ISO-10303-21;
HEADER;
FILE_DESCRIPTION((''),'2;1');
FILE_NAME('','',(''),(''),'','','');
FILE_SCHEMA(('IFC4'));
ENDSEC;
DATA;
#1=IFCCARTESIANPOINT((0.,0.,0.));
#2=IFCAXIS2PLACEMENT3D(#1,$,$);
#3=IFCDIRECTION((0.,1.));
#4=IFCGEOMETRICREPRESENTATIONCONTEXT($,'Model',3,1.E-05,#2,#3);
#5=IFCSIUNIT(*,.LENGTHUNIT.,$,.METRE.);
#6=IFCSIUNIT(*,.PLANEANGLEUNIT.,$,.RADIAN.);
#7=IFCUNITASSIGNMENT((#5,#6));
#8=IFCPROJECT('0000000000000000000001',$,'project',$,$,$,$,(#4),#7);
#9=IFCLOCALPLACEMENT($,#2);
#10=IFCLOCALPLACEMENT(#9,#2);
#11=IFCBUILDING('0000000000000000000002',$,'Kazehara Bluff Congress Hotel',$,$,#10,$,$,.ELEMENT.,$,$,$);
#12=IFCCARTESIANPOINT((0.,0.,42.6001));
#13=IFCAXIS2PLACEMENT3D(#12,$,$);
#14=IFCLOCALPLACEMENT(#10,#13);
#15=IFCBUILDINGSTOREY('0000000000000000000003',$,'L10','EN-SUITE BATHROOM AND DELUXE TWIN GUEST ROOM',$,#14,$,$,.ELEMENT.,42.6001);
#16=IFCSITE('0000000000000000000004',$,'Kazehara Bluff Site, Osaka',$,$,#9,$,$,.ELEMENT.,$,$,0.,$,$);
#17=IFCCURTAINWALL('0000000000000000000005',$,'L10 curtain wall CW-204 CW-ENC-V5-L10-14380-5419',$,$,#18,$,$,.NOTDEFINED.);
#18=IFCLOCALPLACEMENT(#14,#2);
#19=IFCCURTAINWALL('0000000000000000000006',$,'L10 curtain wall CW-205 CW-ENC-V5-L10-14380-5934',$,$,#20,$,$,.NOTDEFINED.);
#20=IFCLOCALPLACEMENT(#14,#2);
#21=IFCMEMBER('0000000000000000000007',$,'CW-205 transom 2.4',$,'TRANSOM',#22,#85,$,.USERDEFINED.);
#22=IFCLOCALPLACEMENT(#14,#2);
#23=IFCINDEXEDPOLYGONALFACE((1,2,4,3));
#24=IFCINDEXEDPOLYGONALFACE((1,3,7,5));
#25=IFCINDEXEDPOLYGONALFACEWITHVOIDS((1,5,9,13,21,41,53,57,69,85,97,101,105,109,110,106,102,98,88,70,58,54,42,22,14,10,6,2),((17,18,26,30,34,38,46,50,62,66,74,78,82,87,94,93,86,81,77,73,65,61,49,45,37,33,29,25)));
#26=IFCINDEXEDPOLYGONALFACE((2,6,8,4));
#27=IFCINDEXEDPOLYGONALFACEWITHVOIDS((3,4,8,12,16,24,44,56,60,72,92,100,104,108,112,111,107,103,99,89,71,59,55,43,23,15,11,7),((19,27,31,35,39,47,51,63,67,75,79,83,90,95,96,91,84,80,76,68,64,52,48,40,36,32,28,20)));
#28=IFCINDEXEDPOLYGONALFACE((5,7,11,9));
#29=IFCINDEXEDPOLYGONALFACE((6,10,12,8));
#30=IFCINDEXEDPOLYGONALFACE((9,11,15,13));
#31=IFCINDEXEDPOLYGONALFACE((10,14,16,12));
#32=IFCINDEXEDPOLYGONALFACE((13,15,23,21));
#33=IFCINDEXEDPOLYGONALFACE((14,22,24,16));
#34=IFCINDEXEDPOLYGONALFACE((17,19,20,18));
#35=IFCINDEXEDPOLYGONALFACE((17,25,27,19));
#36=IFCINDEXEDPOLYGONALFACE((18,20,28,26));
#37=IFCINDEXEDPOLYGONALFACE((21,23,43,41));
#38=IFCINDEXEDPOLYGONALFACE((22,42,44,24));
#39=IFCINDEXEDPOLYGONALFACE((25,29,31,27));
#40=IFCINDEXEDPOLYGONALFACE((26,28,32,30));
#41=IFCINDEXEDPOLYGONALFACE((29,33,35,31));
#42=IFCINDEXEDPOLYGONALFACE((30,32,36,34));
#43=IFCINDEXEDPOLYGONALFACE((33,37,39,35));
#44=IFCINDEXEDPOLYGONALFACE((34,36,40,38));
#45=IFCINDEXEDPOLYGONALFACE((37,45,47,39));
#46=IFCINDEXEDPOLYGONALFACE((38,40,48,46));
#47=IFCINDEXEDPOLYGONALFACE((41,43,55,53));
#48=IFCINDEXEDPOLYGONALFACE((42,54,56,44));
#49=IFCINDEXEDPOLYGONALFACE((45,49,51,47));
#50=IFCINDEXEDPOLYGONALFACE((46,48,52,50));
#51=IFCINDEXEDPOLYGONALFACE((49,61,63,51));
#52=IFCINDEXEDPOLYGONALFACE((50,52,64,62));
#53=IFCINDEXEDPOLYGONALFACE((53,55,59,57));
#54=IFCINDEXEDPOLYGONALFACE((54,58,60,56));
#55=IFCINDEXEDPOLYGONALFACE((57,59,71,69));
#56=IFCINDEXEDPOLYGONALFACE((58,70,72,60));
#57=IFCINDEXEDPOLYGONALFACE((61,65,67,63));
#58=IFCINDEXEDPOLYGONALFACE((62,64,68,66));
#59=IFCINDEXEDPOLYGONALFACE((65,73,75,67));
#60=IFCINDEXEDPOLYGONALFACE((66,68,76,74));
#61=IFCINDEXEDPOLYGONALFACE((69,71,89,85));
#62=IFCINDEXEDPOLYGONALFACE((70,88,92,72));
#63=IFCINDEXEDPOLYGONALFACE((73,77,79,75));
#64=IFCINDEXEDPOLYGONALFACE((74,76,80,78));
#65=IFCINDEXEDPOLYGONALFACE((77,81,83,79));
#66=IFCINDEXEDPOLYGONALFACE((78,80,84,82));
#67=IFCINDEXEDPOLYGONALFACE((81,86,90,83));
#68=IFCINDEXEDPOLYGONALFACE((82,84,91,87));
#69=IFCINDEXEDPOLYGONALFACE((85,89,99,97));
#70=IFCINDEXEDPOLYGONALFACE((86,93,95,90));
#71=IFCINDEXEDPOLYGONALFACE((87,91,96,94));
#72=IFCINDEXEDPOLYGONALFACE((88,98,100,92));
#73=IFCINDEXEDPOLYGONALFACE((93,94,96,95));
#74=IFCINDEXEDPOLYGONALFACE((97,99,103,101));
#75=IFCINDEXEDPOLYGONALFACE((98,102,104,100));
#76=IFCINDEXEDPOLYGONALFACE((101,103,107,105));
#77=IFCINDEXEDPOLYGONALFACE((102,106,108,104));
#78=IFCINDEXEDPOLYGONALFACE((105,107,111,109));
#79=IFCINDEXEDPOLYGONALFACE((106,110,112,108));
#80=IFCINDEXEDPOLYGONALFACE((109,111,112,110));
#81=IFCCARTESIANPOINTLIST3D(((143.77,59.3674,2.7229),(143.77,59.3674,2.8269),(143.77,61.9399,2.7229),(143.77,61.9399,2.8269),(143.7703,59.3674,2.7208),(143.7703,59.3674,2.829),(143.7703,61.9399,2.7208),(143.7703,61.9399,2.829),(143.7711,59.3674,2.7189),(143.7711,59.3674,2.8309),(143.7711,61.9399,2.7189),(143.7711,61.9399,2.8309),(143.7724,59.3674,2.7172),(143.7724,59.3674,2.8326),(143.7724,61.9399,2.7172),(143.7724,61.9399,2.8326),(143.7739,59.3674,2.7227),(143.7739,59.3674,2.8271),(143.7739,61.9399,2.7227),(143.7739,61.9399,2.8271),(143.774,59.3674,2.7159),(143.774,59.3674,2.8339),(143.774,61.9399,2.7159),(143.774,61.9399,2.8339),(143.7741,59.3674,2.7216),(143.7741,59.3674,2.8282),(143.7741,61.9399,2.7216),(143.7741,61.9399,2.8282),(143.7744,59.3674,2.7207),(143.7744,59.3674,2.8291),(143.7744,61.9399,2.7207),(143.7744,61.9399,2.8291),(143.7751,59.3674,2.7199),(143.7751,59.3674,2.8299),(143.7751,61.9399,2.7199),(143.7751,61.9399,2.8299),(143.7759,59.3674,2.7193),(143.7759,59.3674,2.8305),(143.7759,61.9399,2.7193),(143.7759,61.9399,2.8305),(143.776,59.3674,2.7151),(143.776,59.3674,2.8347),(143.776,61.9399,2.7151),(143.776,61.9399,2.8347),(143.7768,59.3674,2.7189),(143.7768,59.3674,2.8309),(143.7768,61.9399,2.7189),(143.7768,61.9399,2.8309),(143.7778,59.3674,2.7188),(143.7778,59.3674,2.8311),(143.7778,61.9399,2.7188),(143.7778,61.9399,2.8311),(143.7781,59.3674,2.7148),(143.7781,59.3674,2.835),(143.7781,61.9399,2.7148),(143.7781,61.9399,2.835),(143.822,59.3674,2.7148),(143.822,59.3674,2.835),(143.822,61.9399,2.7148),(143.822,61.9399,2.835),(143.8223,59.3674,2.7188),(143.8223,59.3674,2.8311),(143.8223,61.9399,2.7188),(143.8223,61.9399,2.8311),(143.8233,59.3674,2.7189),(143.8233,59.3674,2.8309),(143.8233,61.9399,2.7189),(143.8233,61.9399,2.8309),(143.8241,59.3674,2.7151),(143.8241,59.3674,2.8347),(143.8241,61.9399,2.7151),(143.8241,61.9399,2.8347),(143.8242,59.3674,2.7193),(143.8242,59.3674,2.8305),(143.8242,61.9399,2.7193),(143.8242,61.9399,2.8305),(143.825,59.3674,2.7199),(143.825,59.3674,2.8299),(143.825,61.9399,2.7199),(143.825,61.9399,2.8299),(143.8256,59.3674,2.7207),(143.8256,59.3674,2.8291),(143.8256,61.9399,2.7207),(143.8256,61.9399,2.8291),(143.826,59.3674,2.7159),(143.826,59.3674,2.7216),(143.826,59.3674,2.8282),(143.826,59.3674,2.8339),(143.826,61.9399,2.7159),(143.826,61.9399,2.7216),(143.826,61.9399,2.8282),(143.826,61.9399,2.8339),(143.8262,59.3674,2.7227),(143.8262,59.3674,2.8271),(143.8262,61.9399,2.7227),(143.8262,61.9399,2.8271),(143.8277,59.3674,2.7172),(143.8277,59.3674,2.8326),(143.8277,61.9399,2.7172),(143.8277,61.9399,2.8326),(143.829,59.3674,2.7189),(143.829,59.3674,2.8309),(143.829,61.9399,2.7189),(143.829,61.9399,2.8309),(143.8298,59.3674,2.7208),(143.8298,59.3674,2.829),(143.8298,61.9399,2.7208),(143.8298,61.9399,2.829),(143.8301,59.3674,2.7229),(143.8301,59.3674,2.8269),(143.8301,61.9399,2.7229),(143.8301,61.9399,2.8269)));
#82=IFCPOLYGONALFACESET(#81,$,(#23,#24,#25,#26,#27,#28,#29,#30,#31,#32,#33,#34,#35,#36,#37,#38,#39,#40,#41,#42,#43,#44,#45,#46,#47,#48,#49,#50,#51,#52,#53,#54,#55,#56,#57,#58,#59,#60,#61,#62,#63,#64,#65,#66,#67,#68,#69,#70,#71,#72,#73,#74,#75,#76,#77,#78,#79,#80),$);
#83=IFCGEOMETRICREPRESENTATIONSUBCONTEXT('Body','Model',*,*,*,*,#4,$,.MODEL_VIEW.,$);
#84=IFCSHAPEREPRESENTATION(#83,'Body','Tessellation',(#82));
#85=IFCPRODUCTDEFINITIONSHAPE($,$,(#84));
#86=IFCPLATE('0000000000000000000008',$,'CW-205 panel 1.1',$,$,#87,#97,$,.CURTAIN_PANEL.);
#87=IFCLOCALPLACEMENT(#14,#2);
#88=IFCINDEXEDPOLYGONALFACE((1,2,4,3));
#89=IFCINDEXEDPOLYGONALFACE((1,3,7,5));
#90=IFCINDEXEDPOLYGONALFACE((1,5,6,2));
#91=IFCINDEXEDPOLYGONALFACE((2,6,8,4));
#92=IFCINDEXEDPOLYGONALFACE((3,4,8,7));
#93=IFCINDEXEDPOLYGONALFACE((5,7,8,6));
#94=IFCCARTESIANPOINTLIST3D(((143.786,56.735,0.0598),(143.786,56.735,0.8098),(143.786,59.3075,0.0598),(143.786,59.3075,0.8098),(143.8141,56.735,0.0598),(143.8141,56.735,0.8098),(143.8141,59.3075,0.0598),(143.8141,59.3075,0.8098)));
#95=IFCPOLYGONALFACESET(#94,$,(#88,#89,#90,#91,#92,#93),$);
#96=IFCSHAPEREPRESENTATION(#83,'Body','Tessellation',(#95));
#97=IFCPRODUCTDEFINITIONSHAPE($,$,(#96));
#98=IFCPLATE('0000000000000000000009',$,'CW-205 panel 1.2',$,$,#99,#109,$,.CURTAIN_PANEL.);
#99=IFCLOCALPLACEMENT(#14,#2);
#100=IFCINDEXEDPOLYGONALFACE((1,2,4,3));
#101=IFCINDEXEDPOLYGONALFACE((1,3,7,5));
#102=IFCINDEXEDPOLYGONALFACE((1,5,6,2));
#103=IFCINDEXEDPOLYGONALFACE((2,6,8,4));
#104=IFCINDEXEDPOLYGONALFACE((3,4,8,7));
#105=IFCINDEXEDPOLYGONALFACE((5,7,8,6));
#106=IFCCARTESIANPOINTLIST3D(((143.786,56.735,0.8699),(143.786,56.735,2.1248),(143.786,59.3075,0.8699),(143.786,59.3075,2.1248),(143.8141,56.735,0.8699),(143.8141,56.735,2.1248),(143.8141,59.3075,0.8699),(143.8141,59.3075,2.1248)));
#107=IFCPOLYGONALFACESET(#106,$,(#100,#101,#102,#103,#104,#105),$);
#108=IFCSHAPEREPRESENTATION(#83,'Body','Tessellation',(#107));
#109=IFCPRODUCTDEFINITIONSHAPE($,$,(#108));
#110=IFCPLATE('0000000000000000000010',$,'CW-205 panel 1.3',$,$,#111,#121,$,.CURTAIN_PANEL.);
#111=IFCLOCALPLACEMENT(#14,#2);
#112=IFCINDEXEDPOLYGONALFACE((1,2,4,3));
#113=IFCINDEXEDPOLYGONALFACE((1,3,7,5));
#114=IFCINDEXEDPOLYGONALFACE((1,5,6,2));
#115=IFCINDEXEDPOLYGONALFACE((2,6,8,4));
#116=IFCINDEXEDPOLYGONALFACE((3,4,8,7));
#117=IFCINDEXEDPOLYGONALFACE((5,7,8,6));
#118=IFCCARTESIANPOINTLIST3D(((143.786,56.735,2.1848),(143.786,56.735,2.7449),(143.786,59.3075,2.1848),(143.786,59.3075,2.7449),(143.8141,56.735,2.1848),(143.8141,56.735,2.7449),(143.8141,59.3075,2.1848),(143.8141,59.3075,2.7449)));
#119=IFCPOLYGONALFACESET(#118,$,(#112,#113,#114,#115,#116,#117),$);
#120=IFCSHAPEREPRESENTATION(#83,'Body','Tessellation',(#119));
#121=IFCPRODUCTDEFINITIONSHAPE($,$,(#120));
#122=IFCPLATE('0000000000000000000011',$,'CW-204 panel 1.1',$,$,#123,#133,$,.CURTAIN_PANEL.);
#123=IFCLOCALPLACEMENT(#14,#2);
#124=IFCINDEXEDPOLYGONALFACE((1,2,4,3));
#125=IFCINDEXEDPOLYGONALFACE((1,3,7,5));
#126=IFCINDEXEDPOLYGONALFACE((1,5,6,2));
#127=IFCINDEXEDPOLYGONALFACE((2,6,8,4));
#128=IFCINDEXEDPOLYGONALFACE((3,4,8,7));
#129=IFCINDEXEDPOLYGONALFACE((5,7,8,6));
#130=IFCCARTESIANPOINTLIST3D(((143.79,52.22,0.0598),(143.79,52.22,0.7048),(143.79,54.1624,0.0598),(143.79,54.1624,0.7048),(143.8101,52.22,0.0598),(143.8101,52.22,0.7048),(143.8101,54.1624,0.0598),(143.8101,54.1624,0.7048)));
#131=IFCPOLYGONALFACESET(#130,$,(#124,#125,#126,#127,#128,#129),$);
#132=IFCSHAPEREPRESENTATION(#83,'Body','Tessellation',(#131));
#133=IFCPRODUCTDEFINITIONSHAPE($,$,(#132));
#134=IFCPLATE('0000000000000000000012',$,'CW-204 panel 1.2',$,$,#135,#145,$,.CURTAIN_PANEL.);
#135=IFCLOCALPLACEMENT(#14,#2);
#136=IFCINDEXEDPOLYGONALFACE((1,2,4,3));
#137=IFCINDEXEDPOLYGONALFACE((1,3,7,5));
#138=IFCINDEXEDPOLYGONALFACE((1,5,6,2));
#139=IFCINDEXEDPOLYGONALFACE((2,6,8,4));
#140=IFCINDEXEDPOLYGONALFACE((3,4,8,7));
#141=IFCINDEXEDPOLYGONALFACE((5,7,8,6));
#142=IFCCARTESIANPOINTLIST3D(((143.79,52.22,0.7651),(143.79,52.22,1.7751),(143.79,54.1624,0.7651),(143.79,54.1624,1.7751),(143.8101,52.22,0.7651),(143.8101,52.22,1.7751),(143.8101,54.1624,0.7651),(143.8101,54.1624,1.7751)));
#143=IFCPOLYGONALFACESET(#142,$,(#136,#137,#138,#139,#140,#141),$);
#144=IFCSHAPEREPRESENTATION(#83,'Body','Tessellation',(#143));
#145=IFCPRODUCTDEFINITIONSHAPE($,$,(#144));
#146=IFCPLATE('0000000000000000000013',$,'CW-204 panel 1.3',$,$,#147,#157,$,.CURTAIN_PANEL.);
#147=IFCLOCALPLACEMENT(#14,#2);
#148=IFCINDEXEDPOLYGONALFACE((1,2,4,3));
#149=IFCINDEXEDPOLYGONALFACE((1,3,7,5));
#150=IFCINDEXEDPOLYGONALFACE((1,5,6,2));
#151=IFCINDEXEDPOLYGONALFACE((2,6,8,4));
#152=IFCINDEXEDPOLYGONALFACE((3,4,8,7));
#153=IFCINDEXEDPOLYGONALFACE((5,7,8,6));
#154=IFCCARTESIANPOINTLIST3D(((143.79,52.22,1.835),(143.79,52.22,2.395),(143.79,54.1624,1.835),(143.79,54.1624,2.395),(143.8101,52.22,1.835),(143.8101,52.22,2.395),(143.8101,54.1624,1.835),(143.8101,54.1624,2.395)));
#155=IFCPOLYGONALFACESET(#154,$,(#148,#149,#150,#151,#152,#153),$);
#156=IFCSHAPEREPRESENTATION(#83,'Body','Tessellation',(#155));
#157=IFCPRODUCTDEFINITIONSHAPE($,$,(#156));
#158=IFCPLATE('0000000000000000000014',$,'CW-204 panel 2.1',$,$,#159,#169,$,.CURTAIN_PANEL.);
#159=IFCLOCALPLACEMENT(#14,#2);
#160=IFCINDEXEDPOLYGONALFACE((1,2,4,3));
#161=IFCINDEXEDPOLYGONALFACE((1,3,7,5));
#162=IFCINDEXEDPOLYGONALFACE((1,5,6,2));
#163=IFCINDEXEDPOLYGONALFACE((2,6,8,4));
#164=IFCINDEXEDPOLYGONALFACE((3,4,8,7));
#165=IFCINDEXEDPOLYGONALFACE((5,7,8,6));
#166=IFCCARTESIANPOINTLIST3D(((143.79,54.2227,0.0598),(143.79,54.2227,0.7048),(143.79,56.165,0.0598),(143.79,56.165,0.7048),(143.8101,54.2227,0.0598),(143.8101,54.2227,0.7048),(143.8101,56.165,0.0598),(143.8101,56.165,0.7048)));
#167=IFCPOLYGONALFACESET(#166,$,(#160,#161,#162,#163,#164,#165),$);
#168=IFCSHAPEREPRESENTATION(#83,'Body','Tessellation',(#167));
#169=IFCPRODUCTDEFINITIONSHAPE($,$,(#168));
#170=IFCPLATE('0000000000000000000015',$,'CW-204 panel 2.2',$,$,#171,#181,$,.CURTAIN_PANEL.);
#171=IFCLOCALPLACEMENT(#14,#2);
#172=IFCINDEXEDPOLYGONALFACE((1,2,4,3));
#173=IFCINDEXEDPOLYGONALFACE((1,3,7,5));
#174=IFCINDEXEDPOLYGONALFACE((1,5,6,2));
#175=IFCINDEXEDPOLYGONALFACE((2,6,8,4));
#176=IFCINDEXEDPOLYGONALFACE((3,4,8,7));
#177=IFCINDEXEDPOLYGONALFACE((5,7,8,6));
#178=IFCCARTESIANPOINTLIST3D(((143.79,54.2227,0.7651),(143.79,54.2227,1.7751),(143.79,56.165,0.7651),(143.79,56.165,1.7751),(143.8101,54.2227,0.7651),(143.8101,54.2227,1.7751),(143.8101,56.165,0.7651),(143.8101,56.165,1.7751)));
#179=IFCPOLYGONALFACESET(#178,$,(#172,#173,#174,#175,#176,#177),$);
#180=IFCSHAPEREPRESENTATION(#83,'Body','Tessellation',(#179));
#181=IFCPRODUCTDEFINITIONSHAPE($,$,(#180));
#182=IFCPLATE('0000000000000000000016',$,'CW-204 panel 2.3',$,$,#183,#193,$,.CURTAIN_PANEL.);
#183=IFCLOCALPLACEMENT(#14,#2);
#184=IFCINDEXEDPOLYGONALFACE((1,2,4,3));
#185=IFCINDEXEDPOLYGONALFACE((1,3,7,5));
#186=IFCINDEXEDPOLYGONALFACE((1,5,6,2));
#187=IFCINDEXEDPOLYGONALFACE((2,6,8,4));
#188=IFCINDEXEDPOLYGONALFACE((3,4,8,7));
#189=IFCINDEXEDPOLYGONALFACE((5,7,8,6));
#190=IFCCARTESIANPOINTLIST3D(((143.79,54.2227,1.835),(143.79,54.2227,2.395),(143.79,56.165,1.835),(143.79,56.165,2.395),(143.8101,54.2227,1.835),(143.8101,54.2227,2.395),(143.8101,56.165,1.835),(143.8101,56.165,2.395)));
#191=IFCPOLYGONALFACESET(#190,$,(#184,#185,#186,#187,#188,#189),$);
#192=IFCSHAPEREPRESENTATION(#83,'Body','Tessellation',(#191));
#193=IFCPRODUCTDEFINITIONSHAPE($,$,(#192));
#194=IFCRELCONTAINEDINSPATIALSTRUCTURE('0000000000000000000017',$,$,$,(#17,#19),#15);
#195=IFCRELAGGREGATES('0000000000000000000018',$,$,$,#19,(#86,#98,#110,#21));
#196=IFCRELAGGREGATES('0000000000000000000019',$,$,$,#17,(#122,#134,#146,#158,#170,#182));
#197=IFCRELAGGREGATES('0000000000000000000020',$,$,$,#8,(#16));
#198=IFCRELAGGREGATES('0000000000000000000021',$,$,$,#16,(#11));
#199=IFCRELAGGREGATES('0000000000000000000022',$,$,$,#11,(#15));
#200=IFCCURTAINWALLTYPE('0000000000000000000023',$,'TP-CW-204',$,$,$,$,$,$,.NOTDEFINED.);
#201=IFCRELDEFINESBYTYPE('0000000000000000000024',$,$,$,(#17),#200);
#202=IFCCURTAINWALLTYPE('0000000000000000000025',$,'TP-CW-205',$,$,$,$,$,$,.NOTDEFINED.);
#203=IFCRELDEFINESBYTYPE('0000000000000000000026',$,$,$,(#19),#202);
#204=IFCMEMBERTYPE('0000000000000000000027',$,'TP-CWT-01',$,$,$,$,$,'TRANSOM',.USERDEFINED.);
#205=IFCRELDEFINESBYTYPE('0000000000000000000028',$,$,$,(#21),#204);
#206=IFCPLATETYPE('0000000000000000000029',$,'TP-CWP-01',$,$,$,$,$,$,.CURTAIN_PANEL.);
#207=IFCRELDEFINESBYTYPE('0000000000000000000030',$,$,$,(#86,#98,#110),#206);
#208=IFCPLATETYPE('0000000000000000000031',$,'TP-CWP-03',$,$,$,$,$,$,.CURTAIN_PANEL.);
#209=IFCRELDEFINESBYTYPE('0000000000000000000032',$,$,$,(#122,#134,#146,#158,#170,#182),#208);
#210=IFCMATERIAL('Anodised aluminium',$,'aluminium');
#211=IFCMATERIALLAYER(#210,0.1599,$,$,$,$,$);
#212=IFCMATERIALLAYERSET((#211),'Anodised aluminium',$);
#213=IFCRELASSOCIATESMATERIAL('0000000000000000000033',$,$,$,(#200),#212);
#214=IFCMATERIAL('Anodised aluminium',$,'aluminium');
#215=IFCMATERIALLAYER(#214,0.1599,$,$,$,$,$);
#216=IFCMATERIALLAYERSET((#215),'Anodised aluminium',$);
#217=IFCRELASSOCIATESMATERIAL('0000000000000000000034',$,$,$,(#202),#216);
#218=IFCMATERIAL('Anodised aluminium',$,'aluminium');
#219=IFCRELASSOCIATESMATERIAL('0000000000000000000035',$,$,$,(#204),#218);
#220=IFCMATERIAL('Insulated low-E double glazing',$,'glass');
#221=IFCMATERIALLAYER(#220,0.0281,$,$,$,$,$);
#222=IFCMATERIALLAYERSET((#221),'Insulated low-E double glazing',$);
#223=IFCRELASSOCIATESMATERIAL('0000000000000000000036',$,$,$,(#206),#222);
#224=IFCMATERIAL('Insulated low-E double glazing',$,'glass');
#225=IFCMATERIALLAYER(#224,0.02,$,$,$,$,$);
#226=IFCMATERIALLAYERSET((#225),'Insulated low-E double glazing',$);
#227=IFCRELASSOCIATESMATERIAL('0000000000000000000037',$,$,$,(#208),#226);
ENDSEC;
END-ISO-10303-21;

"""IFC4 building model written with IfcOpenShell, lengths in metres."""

from ifc_helpers import new_model, si_unit, direction, frame, origin, origin_2d, place, context, subcontext, project, spatial, rectangle, hollow_rectangle, extrude, material, layer, layer_set, material_profile, profile_set, type_object, element, aggregate, save


model = new_model("IFC4")

# Units and contexts
model_context = context("Model", 3, precision=1e-05, world=origin(), true_north=direction((0.0, 1.0)))
body_context = subcontext(model_context, "Body", "Model", "MODEL_VIEW")
ifc_project = project(units=[si_unit("LENGTHUNIT", "METRE"), si_unit("PLANEANGLEUNIT", "RADIAN")], contexts=[model_context])

# Site, building, storey
site_placement = place(None, origin())
site = spatial("IfcSite", under=ifc_project, at=site_placement, Name="Kazehara Bluff Site, Osaka", CompositionType="ELEMENT", RefElevation=0.0)
building_placement = place(site_placement, origin())
building = spatial("IfcBuilding", under=site, at=building_placement, Name="Kazehara Bluff Congress Hotel", CompositionType="ELEMENT")
storey_placement = place(building_placement, frame((0.0, 0.0, 42.6001)))
storey = spatial("IfcBuildingStorey", under=building, at=storey_placement, Name="L10", Description="EN-SUITE BATHROOM AND DELUXE TWIN GUEST ROOM", CompositionType="ELEMENT", Elevation=42.6001)

# Curtain walls
ifc_material_1 = material(Name="Anodised aluminium", Category="aluminium")
ifc_layer_1 = layer(ifc_material_1, 0.1599)
ifc_layer_set_1 = layer_set([ifc_layer_1], Name="Anodised aluminium")
curtain_wall_type_1 = type_object("IfcCurtainWallType", Name="TP-CW-204", PredefinedType="NOTDEFINED", material=ifc_layer_set_1)
curtain_wall_1_placement = place(storey_placement, origin())
curtain_wall_1 = element("IfcCurtainWall", 1, at=curtain_wall_1_placement, inside=storey, type_object=curtain_wall_type_1, Name="L10 curtain wall CW-204 CW-ENC-V5-L10-14380-5419", PredefinedType="NOTDEFINED")
ifc_material_2 = material(Name="Anodised aluminium", Category="aluminium")
ifc_layer_2 = layer(ifc_material_2, 0.1599)
ifc_layer_set_2 = layer_set([ifc_layer_2], Name="Anodised aluminium")
curtain_wall_type_2 = type_object("IfcCurtainWallType", Name="TP-CW-205", PredefinedType="NOTDEFINED", material=ifc_layer_set_2)
curtain_wall_2_placement = place(storey_placement, origin())
curtain_wall_2 = element("IfcCurtainWall", 2, at=curtain_wall_2_placement, inside=storey, type_object=curtain_wall_type_2, Name="L10 curtain wall CW-205 CW-ENC-V5-L10-14380-5934", PredefinedType="NOTDEFINED")

# Member
ifc_material_3 = material(Name="Anodised aluminium", Category="aluminium")
ifc_material_profile_1 = material_profile(ifc_material_3, hollow_rectangle(XDim=0.0601, YDim=0.1201, WallThickness=0.0039, InnerFilletRadius=0.0039, OuterFilletRadius=0.0081, at=origin_2d()))
ifc_profile_set_1 = profile_set([ifc_material_profile_1], Name="Anodised aluminium")
member_type_1 = type_object("IfcMemberType", Name="TP-CWT-01", ElementType="TRANSOM", PredefinedType="USERDEFINED", material=ifc_profile_set_1)
member_1_placement = place(storey_placement, frame((143.8, 59.3674, 2.7749), z_axis=(0.0, 1.0, 0.0), x_axis=(-1.0, 0.0, 0.0)))
member_1 = element("IfcMember", 3, at=member_1_placement, type_object=member_type_1, Name="CW-205 transom 2.4", ObjectType="TRANSOM", PredefinedType="USERDEFINED", context=body_context, shape_type="SweptSolid", body=[
    extrude(hollow_rectangle(XDim=0.0601, YDim=0.1201, WallThickness=0.0039, InnerFilletRadius=0.0039, OuterFilletRadius=0.0081, at=origin_2d()), origin(), (0.0, 0.0, 1.0), 2.5725),
])

# Plates
ifc_material_4 = material(Name="Insulated low-E double glazing", Category="glass")
ifc_layer_3 = layer(ifc_material_4, 0.0281)
ifc_layer_set_3 = layer_set([ifc_layer_3], Name="Insulated low-E double glazing")
plate_type_1 = type_object("IfcPlateType", Name="TP-CWP-01", PredefinedType="CURTAIN_PANEL", material=ifc_layer_set_3)
plate_1_placement = place(storey_placement, frame((143.8, 58.0212, 0.0598), z_axis=(0.0, 0.0, 1.0), x_axis=(0.0, 1.0, 0.0)))
plate_1 = element("IfcPlate", 4, at=plate_1_placement, type_object=plate_type_1, Name="CW-205 panel 1.1", PredefinedType="CURTAIN_PANEL", context=body_context, shape_type="SweptSolid", body=[
    extrude(rectangle(XDim=2.5725, YDim=0.0281, at=origin_2d()), origin(), (0.0, 0.0, 1.0), 0.75),
])
plate_2_placement = place(storey_placement, frame((143.8, 58.0212, 0.8699), z_axis=(0.0, 0.0, 1.0), x_axis=(0.0, 1.0, 0.0)))
plate_2 = element("IfcPlate", 5, at=plate_2_placement, type_object=plate_type_1, Name="CW-205 panel 1.2", PredefinedType="CURTAIN_PANEL", context=body_context, shape_type="SweptSolid", body=[
    extrude(rectangle(XDim=2.5725, YDim=0.0281, at=origin_2d()), origin(), (0.0, 0.0, 1.0), 1.2549),
])
plate_3_placement = place(storey_placement, frame((143.8, 58.0212, 2.1848), z_axis=(0.0, 0.0, 1.0), x_axis=(0.0, 1.0, 0.0)))
plate_3 = element("IfcPlate", 6, at=plate_3_placement, type_object=plate_type_1, Name="CW-205 panel 1.3", PredefinedType="CURTAIN_PANEL", context=body_context, shape_type="SweptSolid", body=[
    extrude(rectangle(XDim=2.5725, YDim=0.0281, at=origin_2d()), origin(), (0.0, 0.0, 1.0), 0.5601),
])
aggregate(curtain_wall_2, [plate_1, plate_2, plate_3, member_1])
ifc_material_5 = material(Name="Insulated low-E double glazing", Category="glass")
ifc_layer_4 = layer(ifc_material_5, 0.02)
ifc_layer_set_4 = layer_set([ifc_layer_4], Name="Insulated low-E double glazing")
plate_type_2 = type_object("IfcPlateType", Name="TP-CWP-03", PredefinedType="CURTAIN_PANEL", material=ifc_layer_set_4)
plate_4_placement = place(storey_placement, frame((143.8, 53.1912, 0.0598), z_axis=(0.0, 0.0, 1.0), x_axis=(0.0, 1.0, 0.0)))
plate_4 = element("IfcPlate", 7, at=plate_4_placement, type_object=plate_type_2, Name="CW-204 panel 1.1", PredefinedType="CURTAIN_PANEL", context=body_context, shape_type="SweptSolid", body=[
    extrude(rectangle(XDim=1.9424, YDim=0.02, at=origin_2d()), origin(), (0.0, 0.0, 1.0), 0.645),
])
plate_5_placement = place(storey_placement, frame((143.8, 53.1912, 0.7651), z_axis=(0.0, 0.0, 1.0), x_axis=(0.0, 1.0, 0.0)))
plate_5 = element("IfcPlate", 8, at=plate_5_placement, type_object=plate_type_2, Name="CW-204 panel 1.2", PredefinedType="CURTAIN_PANEL", context=body_context, shape_type="SweptSolid", body=[
    extrude(rectangle(XDim=1.9424, YDim=0.02, at=origin_2d()), origin(), (0.0, 0.0, 1.0), 1.01),
])
plate_6_placement = place(storey_placement, frame((143.8, 53.1912, 1.835), z_axis=(0.0, 0.0, 1.0), x_axis=(0.0, 1.0, 0.0)))
plate_6 = element("IfcPlate", 9, at=plate_6_placement, type_object=plate_type_2, Name="CW-204 panel 1.3", PredefinedType="CURTAIN_PANEL", context=body_context, shape_type="SweptSolid", body=[
    extrude(rectangle(XDim=1.9424, YDim=0.02, at=origin_2d()), origin(), (0.0, 0.0, 1.0), 0.5601),
])
plate_7_placement = place(storey_placement, frame((143.8, 55.1938, 0.0598), z_axis=(0.0, 0.0, 1.0), x_axis=(0.0, 1.0, 0.0)))
plate_7 = element("IfcPlate", 10, at=plate_7_placement, type_object=plate_type_2, Name="CW-204 panel 2.1", PredefinedType="CURTAIN_PANEL", context=body_context, shape_type="SweptSolid", body=[
    extrude(rectangle(XDim=1.9424, YDim=0.02, at=origin_2d()), origin(), (0.0, 0.0, 1.0), 0.645),
])
plate_8_placement = place(storey_placement, frame((143.8, 55.1938, 0.7651), z_axis=(0.0, 0.0, 1.0), x_axis=(0.0, 1.0, 0.0)))
plate_8 = element("IfcPlate", 11, at=plate_8_placement, type_object=plate_type_2, Name="CW-204 panel 2.2", PredefinedType="CURTAIN_PANEL", context=body_context, shape_type="SweptSolid", body=[
    extrude(rectangle(XDim=1.9424, YDim=0.02, at=origin_2d()), origin(), (0.0, 0.0, 1.0), 1.01),
])
plate_9_placement = place(storey_placement, frame((143.8, 55.1938, 1.835), z_axis=(0.0, 0.0, 1.0), x_axis=(0.0, 1.0, 0.0)))
plate_9 = element("IfcPlate", 12, at=plate_9_placement, type_object=plate_type_2, Name="CW-204 panel 2.3", PredefinedType="CURTAIN_PANEL", context=body_context, shape_type="SweptSolid", body=[
    extrude(rectangle(XDim=1.9424, YDim=0.02, at=origin_2d()), origin(), (0.0, 0.0, 1.0), 0.5601),
])
aggregate(curtain_wall_1, [plate_4, plate_5, plate_6, plate_7, plate_8, plate_9])

save(model, "model.ifc")
